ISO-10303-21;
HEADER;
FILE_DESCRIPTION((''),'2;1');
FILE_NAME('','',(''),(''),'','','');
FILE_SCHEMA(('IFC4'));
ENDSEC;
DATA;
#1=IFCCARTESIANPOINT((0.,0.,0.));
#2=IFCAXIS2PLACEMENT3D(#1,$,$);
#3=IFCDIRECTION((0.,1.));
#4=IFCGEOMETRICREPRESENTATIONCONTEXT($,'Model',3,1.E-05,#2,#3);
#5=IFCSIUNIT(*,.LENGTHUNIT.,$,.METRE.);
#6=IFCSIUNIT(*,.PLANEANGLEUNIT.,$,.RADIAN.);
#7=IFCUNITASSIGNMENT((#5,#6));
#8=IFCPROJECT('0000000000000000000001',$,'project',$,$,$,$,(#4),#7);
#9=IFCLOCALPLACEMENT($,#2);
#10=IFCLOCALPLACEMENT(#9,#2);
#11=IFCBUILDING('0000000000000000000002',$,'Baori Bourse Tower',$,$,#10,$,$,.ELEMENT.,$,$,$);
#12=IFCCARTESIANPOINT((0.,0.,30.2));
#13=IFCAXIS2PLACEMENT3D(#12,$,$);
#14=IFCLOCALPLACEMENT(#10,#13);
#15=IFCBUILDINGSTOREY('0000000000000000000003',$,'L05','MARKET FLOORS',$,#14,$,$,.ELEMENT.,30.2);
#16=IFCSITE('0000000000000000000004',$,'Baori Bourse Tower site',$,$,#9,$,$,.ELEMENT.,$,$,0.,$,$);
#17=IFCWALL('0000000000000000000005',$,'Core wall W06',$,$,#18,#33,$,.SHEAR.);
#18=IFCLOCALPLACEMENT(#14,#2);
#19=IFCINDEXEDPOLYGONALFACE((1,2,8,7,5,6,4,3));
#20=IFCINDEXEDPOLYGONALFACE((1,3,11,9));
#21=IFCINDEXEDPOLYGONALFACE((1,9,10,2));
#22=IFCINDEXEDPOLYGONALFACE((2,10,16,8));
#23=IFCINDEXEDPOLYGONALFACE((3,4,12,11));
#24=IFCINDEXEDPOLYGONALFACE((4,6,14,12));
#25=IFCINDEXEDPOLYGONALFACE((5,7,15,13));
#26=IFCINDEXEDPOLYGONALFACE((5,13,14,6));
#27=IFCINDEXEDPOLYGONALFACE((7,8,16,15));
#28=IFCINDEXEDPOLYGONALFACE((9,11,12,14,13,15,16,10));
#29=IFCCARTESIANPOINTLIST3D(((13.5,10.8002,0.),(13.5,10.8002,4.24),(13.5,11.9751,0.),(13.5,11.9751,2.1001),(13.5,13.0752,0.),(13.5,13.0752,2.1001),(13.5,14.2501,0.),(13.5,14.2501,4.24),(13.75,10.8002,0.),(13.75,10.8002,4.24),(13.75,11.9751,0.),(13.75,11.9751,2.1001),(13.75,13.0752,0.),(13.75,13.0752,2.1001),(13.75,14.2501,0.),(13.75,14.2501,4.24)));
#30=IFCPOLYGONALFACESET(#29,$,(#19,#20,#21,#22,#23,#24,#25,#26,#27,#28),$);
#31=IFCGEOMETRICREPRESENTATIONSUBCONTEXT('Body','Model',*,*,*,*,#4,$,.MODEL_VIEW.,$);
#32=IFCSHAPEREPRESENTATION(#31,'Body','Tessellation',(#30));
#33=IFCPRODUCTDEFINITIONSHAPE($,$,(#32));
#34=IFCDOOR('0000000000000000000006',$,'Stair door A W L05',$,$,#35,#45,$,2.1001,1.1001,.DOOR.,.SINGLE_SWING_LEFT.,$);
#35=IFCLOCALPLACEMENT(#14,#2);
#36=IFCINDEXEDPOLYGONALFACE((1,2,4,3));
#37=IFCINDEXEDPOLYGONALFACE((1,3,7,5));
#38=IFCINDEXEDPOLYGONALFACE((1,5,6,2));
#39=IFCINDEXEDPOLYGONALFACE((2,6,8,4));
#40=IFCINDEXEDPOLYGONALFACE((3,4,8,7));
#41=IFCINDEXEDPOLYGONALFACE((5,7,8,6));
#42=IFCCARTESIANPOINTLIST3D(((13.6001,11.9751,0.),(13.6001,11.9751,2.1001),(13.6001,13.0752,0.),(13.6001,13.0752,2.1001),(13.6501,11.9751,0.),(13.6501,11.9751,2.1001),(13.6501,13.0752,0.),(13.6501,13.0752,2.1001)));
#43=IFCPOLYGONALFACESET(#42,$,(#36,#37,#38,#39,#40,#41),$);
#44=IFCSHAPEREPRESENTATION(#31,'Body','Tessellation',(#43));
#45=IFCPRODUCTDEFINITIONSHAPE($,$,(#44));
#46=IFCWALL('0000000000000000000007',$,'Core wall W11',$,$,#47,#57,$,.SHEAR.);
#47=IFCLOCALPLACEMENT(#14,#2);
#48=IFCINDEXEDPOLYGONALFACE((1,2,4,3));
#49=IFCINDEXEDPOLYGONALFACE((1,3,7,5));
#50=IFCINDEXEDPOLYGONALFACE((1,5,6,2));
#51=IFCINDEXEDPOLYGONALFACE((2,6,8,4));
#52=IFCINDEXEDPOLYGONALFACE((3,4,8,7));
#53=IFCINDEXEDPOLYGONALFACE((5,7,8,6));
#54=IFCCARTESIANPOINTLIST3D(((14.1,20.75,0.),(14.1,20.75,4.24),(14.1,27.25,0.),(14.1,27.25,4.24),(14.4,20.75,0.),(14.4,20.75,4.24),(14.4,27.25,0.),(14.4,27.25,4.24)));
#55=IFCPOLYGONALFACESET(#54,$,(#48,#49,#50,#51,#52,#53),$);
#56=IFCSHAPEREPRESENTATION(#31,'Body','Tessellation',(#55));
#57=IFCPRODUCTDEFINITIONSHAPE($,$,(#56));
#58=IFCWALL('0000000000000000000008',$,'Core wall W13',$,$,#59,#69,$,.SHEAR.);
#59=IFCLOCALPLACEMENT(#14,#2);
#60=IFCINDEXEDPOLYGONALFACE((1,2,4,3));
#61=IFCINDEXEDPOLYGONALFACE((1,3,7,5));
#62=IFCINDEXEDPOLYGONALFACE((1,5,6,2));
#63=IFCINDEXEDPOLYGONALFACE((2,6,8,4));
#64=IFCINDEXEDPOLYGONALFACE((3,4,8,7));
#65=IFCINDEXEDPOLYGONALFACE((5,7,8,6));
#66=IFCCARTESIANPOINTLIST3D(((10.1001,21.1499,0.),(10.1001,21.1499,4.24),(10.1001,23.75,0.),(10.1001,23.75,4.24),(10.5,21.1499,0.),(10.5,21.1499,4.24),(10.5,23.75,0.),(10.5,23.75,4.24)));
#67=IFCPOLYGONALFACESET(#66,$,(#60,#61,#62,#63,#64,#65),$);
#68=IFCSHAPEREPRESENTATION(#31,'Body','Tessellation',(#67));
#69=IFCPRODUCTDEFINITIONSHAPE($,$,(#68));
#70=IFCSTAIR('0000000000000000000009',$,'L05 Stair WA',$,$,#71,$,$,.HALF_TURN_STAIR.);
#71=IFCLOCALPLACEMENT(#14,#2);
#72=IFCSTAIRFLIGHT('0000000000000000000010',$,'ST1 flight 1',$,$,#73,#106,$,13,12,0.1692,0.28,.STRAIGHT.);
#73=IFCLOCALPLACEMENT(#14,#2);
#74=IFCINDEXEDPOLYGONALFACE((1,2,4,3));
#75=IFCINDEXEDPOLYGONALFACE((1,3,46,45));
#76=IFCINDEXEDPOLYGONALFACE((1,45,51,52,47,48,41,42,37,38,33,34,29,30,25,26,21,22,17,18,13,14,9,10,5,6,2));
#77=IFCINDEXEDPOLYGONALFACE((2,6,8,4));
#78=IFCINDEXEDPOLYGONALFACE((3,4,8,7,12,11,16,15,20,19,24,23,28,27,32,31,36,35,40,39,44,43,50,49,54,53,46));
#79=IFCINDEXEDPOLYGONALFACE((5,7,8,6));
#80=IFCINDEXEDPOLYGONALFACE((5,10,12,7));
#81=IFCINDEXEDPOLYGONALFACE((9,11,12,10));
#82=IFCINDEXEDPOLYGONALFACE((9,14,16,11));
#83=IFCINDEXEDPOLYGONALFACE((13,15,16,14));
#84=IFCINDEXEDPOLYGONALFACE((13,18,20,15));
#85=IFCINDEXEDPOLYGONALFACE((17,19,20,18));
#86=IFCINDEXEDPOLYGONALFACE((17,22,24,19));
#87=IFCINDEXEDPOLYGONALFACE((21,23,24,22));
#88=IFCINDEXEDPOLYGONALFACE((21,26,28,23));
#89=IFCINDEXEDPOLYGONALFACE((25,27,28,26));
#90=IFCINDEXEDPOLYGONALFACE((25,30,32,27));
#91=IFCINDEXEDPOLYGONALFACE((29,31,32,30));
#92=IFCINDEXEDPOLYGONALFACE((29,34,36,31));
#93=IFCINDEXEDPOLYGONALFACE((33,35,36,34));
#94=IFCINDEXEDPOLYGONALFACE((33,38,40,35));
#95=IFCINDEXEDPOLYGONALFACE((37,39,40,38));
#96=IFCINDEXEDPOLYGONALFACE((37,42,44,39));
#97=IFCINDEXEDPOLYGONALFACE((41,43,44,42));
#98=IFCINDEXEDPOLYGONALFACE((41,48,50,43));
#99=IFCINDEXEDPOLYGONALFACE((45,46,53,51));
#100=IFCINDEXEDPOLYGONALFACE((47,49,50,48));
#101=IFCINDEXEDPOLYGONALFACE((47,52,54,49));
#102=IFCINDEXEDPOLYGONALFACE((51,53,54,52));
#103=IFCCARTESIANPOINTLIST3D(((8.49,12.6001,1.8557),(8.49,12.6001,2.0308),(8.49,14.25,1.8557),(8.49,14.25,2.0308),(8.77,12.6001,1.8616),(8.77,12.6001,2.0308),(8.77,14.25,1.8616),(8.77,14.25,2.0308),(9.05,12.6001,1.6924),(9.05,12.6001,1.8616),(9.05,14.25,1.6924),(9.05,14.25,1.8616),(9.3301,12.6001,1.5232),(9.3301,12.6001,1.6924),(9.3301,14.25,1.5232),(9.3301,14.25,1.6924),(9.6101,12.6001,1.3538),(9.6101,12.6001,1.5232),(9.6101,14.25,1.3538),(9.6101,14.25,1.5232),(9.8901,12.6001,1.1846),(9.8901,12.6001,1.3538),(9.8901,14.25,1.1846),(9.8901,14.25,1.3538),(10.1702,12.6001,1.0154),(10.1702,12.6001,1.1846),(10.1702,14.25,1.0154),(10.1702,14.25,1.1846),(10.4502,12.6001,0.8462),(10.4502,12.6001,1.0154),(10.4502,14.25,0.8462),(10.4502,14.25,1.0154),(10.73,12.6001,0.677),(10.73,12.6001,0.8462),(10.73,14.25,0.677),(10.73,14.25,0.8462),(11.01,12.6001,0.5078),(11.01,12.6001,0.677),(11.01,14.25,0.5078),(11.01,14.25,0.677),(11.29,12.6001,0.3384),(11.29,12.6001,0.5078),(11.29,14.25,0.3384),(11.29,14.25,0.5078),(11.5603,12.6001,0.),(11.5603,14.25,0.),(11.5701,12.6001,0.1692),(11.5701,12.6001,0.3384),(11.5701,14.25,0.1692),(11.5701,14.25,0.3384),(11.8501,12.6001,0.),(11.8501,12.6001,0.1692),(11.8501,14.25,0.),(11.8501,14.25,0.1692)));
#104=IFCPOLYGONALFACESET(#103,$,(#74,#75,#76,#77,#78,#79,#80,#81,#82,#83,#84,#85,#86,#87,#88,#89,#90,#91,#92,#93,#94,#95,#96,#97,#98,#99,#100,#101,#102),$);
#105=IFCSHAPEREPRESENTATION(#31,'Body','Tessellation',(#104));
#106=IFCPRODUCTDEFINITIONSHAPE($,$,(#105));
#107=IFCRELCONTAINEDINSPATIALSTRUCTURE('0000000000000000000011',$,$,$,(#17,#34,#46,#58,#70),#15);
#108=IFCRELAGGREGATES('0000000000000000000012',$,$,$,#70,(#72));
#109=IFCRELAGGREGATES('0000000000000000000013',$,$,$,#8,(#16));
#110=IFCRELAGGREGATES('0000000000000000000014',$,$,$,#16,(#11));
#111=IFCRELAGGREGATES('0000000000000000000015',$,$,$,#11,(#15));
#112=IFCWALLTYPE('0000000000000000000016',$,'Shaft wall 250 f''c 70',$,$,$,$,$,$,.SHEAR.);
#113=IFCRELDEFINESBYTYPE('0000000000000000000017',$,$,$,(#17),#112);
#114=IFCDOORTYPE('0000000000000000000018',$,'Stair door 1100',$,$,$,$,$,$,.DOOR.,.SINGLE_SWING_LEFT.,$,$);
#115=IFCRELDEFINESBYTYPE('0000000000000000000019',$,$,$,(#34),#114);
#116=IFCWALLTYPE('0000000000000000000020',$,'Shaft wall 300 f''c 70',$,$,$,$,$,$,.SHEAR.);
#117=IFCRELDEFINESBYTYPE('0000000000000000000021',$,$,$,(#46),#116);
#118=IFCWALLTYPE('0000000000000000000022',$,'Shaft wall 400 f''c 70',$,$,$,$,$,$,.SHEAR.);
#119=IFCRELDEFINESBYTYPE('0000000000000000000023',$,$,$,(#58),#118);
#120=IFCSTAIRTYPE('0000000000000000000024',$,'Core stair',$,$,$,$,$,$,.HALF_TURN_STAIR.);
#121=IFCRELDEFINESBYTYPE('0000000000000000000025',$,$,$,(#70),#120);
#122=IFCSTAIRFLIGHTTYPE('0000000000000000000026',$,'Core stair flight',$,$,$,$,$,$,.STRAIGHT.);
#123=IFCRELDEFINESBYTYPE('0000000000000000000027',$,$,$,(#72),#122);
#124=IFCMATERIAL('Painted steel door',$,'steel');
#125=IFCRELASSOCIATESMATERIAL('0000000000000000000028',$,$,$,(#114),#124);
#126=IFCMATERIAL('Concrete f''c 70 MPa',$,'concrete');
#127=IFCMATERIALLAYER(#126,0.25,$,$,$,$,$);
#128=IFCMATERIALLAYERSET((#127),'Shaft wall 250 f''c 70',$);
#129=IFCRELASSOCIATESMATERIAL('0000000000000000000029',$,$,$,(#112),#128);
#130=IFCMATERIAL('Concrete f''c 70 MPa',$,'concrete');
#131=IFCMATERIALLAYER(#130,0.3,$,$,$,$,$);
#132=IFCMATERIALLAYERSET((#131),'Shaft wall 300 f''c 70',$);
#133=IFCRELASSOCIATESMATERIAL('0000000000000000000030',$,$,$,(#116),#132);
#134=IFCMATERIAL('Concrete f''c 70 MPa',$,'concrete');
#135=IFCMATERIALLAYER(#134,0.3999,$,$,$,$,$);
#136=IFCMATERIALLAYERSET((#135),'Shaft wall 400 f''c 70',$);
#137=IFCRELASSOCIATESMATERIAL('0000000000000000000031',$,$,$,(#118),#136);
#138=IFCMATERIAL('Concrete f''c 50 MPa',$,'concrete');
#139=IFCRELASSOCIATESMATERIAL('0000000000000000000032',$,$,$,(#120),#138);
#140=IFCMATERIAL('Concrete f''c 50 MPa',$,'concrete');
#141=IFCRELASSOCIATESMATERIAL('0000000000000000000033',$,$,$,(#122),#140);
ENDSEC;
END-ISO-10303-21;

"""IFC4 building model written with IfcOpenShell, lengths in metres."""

from ifc_helpers import new_model, si_unit, direction, frame, frame_2d, origin, place, context, subcontext, project, spatial, polyline, rectangle, outline, extrude, material, layer, layer_set, type_object, element, fill, aggregate, save


model = new_model("IFC4")

# Units and contexts
model_context = context("Model", 3, precision=1e-05, world=origin(), true_north=direction((0.0, 1.0)))
body_context = subcontext(model_context, "Body", "Model", "MODEL_VIEW")
ifc_project = project(units=[si_unit("LENGTHUNIT", "METRE"), si_unit("PLANEANGLEUNIT", "RADIAN")], contexts=[model_context])

# Site, building, storey
site_placement = place(None, origin())
site = spatial("IfcSite", under=ifc_project, at=site_placement, Name="Baori Bourse Tower site", CompositionType="ELEMENT", RefElevation=0.0)
building_placement = place(site_placement, origin())
building = spatial("IfcBuilding", under=site, at=building_placement, Name="Baori Bourse Tower", CompositionType="ELEMENT")
storey_placement = place(building_placement, frame((0.0, 0.0, 30.2)))
storey = spatial("IfcBuildingStorey", under=building, at=storey_placement, Name="L05", Description="MARKET FLOORS", CompositionType="ELEMENT", Elevation=30.2)

# Shared definitions
ifc_material_1 = material(Name="Painted steel door", Category="steel")
door_type_1 = type_object("IfcDoorType", Name="Stair door 1100", OperationType="SINGLE_SWING_LEFT", PredefinedType="DOOR", material=ifc_material_1)

# Wall, opening, door
ifc_material_2 = material(Name="Concrete f'c 70 MPa", Category="concrete")
ifc_layer_1 = layer(ifc_material_2, 0.25)
ifc_layer_set_1 = layer_set([ifc_layer_1], Name="Shaft wall 250 f'c 70")
wall_type_1 = type_object("IfcWallType", Name="Shaft wall 250 f'c 70", PredefinedType="SHEAR", material=ifc_layer_set_1)
wall_1_placement = place(storey_placement, frame((13.625, 10.8, 0.0), z_axis=(0.0, 0.0, 1.0), x_axis=(0.0, 1.0, 0.0)))
wall_1 = element("IfcWall", 1, at=wall_1_placement, inside=storey, type_object=wall_type_1, Name="Core wall W06", PredefinedType="SHEAR", context=body_context, shape_type="SweptSolid", body=[
    extrude(rectangle(XDim=3.45, YDim=0.25, at=frame_2d((1.7251, 0.0))), origin(), (0.0, 0.0, 1.0), 4.24),
])
opening_1_placement = place(wall_1_placement, frame((1.175, 0.0, 0.0)))
opening_1 = element("IfcOpeningElement", 2, at=opening_1_placement, cuts=wall_1, PredefinedType="OPENING", context=body_context, shape_type="SweptSolid", body=[
    extrude(rectangle(XDim=1.1001, YDim=2.1001, at=frame_2d((0.55, 1.05))), frame((0.0, 0.135, 0.0), z_axis=(0.0, -1.0, 0.0), x_axis=(1.0, 0.0, 0.0)), (0.0, 0.0, 1.0), 0.27),
])
door_1_placement = place(opening_1_placement, origin())
door_1 = element("IfcDoor", 3, at=door_1_placement, inside=storey, type_object=door_type_1, Name="Stair door A W L05", OperationType="SINGLE_SWING_LEFT", OverallHeight=2.1001, OverallWidth=1.1001, PredefinedType="DOOR", context=body_context, shape_type="SweptSolid", body=[
    extrude(rectangle(XDim=1.1001, YDim=2.1001, at=frame_2d((0.55, 1.05))), frame((0.0, 0.0249, 0.0), z_axis=(0.0, -1.0, 0.0), x_axis=(1.0, 0.0, 0.0)), (0.0, 0.0, 1.0), 0.05),
])
fill(opening_1, door_1)

# Walls
ifc_material_3 = material(Name="Concrete f'c 70 MPa", Category="concrete")
ifc_layer_2 = layer(ifc_material_3, 0.3)
ifc_layer_set_2 = layer_set([ifc_layer_2], Name="Shaft wall 300 f'c 70")
wall_type_2 = type_object("IfcWallType", Name="Shaft wall 300 f'c 70", PredefinedType="SHEAR", material=ifc_layer_set_2)
wall_2_placement = place(storey_placement, frame((14.25, 20.75, 0.0), z_axis=(0.0, 0.0, 1.0), x_axis=(0.0, 1.0, 0.0)))
element("IfcWall", 4, at=wall_2_placement, inside=storey, type_object=wall_type_2, Name="Core wall W11", PredefinedType="SHEAR", context=body_context, shape_type="SweptSolid", body=[
    extrude(rectangle(XDim=6.5, YDim=0.3, at=frame_2d((3.25, 0.0))), origin(), (0.0, 0.0, 1.0), 4.24),
])
ifc_material_4 = material(Name="Concrete f'c 70 MPa", Category="concrete")
ifc_layer_3 = layer(ifc_material_4, 0.3999)
ifc_layer_set_3 = layer_set([ifc_layer_3], Name="Shaft wall 400 f'c 70")
wall_type_3 = type_object("IfcWallType", Name="Shaft wall 400 f'c 70", PredefinedType="SHEAR", material=ifc_layer_set_3)
wall_3_placement = place(storey_placement, frame((10.3, 21.1499, 0.0), z_axis=(0.0, 0.0, 1.0), x_axis=(0.0, 1.0, 0.0)))
element("IfcWall", 5, at=wall_3_placement, inside=storey, type_object=wall_type_3, Name="Core wall W13", PredefinedType="SHEAR", context=body_context, shape_type="SweptSolid", body=[
    extrude(rectangle(XDim=2.6001, YDim=0.3999, at=frame_2d((1.3, 0.0))), origin(), (0.0, 0.0, 1.0), 4.24),
])

# Stair, stair flight
ifc_material_5 = material(Name="Concrete f'c 50 MPa", Category="concrete")
stair_type = type_object("IfcStairType", Name="Core stair", PredefinedType="HALF_TURN_STAIR", material=ifc_material_5)
stair_placement = place(storey_placement, origin())
stair = element("IfcStair", 6, at=stair_placement, inside=storey, type_object=stair_type, Name="L05 Stair WA", PredefinedType="HALF_TURN_STAIR")
ifc_material_6 = material(Name="Concrete f'c 50 MPa", Category="concrete")
stair_flight_type = type_object("IfcStairFlightType", Name="Core stair flight", PredefinedType="STRAIGHT", material=ifc_material_6)
stair_flight_placement = place(storey_placement, frame((11.8501, 13.425, 0.0), z_axis=(0.0, 0.0, 1.0), x_axis=(-1.0, 0.0, 0.0)))
stair_flight = element("IfcStairFlight", 7, at=stair_flight_placement, type_object=stair_flight_type, Name="ST1 flight 1", NumberOfRisers=13, NumberOfTreads=12, PredefinedType="STRAIGHT", RiserHeight=0.1692, TreadLength=0.28, context=body_context, shape_type="SweptSolid", body=[
    extrude(outline(polyline([(0.0, 0.0), (0.0, 0.1692), (0.28, 0.1692), (0.28, 0.3384), (0.5601, 0.3384), (0.5601, 0.5078), (0.8401, 0.5078), (0.8401, 0.677), (1.1201, 0.677), (1.1201, 0.8462), (1.3999, 0.8462), (1.3999, 1.0154), (1.6799, 1.0154), (1.6799, 1.1846), (1.96, 1.1846), (1.96, 1.3538), (2.24, 1.3538), (2.24, 1.5232), (2.52, 1.5232), (2.52, 1.6924), (2.8, 1.6924), (2.8, 1.8616), (3.0801, 1.8616), (3.0801, 2.0308), (3.3601, 2.0308), (3.3601, 2.2), (3.3601, 1.8557), (0.2898, 0.0), (0.0, 0.0)])), frame((0.0, 0.825, 0.0), z_axis=(0.0, -1.0, 0.0), x_axis=(1.0, 0.0, 0.0)), (0.0, 0.0, 1.0), 1.6499),
])
aggregate(stair, [stair_flight])

save(model, "model.ifc")
